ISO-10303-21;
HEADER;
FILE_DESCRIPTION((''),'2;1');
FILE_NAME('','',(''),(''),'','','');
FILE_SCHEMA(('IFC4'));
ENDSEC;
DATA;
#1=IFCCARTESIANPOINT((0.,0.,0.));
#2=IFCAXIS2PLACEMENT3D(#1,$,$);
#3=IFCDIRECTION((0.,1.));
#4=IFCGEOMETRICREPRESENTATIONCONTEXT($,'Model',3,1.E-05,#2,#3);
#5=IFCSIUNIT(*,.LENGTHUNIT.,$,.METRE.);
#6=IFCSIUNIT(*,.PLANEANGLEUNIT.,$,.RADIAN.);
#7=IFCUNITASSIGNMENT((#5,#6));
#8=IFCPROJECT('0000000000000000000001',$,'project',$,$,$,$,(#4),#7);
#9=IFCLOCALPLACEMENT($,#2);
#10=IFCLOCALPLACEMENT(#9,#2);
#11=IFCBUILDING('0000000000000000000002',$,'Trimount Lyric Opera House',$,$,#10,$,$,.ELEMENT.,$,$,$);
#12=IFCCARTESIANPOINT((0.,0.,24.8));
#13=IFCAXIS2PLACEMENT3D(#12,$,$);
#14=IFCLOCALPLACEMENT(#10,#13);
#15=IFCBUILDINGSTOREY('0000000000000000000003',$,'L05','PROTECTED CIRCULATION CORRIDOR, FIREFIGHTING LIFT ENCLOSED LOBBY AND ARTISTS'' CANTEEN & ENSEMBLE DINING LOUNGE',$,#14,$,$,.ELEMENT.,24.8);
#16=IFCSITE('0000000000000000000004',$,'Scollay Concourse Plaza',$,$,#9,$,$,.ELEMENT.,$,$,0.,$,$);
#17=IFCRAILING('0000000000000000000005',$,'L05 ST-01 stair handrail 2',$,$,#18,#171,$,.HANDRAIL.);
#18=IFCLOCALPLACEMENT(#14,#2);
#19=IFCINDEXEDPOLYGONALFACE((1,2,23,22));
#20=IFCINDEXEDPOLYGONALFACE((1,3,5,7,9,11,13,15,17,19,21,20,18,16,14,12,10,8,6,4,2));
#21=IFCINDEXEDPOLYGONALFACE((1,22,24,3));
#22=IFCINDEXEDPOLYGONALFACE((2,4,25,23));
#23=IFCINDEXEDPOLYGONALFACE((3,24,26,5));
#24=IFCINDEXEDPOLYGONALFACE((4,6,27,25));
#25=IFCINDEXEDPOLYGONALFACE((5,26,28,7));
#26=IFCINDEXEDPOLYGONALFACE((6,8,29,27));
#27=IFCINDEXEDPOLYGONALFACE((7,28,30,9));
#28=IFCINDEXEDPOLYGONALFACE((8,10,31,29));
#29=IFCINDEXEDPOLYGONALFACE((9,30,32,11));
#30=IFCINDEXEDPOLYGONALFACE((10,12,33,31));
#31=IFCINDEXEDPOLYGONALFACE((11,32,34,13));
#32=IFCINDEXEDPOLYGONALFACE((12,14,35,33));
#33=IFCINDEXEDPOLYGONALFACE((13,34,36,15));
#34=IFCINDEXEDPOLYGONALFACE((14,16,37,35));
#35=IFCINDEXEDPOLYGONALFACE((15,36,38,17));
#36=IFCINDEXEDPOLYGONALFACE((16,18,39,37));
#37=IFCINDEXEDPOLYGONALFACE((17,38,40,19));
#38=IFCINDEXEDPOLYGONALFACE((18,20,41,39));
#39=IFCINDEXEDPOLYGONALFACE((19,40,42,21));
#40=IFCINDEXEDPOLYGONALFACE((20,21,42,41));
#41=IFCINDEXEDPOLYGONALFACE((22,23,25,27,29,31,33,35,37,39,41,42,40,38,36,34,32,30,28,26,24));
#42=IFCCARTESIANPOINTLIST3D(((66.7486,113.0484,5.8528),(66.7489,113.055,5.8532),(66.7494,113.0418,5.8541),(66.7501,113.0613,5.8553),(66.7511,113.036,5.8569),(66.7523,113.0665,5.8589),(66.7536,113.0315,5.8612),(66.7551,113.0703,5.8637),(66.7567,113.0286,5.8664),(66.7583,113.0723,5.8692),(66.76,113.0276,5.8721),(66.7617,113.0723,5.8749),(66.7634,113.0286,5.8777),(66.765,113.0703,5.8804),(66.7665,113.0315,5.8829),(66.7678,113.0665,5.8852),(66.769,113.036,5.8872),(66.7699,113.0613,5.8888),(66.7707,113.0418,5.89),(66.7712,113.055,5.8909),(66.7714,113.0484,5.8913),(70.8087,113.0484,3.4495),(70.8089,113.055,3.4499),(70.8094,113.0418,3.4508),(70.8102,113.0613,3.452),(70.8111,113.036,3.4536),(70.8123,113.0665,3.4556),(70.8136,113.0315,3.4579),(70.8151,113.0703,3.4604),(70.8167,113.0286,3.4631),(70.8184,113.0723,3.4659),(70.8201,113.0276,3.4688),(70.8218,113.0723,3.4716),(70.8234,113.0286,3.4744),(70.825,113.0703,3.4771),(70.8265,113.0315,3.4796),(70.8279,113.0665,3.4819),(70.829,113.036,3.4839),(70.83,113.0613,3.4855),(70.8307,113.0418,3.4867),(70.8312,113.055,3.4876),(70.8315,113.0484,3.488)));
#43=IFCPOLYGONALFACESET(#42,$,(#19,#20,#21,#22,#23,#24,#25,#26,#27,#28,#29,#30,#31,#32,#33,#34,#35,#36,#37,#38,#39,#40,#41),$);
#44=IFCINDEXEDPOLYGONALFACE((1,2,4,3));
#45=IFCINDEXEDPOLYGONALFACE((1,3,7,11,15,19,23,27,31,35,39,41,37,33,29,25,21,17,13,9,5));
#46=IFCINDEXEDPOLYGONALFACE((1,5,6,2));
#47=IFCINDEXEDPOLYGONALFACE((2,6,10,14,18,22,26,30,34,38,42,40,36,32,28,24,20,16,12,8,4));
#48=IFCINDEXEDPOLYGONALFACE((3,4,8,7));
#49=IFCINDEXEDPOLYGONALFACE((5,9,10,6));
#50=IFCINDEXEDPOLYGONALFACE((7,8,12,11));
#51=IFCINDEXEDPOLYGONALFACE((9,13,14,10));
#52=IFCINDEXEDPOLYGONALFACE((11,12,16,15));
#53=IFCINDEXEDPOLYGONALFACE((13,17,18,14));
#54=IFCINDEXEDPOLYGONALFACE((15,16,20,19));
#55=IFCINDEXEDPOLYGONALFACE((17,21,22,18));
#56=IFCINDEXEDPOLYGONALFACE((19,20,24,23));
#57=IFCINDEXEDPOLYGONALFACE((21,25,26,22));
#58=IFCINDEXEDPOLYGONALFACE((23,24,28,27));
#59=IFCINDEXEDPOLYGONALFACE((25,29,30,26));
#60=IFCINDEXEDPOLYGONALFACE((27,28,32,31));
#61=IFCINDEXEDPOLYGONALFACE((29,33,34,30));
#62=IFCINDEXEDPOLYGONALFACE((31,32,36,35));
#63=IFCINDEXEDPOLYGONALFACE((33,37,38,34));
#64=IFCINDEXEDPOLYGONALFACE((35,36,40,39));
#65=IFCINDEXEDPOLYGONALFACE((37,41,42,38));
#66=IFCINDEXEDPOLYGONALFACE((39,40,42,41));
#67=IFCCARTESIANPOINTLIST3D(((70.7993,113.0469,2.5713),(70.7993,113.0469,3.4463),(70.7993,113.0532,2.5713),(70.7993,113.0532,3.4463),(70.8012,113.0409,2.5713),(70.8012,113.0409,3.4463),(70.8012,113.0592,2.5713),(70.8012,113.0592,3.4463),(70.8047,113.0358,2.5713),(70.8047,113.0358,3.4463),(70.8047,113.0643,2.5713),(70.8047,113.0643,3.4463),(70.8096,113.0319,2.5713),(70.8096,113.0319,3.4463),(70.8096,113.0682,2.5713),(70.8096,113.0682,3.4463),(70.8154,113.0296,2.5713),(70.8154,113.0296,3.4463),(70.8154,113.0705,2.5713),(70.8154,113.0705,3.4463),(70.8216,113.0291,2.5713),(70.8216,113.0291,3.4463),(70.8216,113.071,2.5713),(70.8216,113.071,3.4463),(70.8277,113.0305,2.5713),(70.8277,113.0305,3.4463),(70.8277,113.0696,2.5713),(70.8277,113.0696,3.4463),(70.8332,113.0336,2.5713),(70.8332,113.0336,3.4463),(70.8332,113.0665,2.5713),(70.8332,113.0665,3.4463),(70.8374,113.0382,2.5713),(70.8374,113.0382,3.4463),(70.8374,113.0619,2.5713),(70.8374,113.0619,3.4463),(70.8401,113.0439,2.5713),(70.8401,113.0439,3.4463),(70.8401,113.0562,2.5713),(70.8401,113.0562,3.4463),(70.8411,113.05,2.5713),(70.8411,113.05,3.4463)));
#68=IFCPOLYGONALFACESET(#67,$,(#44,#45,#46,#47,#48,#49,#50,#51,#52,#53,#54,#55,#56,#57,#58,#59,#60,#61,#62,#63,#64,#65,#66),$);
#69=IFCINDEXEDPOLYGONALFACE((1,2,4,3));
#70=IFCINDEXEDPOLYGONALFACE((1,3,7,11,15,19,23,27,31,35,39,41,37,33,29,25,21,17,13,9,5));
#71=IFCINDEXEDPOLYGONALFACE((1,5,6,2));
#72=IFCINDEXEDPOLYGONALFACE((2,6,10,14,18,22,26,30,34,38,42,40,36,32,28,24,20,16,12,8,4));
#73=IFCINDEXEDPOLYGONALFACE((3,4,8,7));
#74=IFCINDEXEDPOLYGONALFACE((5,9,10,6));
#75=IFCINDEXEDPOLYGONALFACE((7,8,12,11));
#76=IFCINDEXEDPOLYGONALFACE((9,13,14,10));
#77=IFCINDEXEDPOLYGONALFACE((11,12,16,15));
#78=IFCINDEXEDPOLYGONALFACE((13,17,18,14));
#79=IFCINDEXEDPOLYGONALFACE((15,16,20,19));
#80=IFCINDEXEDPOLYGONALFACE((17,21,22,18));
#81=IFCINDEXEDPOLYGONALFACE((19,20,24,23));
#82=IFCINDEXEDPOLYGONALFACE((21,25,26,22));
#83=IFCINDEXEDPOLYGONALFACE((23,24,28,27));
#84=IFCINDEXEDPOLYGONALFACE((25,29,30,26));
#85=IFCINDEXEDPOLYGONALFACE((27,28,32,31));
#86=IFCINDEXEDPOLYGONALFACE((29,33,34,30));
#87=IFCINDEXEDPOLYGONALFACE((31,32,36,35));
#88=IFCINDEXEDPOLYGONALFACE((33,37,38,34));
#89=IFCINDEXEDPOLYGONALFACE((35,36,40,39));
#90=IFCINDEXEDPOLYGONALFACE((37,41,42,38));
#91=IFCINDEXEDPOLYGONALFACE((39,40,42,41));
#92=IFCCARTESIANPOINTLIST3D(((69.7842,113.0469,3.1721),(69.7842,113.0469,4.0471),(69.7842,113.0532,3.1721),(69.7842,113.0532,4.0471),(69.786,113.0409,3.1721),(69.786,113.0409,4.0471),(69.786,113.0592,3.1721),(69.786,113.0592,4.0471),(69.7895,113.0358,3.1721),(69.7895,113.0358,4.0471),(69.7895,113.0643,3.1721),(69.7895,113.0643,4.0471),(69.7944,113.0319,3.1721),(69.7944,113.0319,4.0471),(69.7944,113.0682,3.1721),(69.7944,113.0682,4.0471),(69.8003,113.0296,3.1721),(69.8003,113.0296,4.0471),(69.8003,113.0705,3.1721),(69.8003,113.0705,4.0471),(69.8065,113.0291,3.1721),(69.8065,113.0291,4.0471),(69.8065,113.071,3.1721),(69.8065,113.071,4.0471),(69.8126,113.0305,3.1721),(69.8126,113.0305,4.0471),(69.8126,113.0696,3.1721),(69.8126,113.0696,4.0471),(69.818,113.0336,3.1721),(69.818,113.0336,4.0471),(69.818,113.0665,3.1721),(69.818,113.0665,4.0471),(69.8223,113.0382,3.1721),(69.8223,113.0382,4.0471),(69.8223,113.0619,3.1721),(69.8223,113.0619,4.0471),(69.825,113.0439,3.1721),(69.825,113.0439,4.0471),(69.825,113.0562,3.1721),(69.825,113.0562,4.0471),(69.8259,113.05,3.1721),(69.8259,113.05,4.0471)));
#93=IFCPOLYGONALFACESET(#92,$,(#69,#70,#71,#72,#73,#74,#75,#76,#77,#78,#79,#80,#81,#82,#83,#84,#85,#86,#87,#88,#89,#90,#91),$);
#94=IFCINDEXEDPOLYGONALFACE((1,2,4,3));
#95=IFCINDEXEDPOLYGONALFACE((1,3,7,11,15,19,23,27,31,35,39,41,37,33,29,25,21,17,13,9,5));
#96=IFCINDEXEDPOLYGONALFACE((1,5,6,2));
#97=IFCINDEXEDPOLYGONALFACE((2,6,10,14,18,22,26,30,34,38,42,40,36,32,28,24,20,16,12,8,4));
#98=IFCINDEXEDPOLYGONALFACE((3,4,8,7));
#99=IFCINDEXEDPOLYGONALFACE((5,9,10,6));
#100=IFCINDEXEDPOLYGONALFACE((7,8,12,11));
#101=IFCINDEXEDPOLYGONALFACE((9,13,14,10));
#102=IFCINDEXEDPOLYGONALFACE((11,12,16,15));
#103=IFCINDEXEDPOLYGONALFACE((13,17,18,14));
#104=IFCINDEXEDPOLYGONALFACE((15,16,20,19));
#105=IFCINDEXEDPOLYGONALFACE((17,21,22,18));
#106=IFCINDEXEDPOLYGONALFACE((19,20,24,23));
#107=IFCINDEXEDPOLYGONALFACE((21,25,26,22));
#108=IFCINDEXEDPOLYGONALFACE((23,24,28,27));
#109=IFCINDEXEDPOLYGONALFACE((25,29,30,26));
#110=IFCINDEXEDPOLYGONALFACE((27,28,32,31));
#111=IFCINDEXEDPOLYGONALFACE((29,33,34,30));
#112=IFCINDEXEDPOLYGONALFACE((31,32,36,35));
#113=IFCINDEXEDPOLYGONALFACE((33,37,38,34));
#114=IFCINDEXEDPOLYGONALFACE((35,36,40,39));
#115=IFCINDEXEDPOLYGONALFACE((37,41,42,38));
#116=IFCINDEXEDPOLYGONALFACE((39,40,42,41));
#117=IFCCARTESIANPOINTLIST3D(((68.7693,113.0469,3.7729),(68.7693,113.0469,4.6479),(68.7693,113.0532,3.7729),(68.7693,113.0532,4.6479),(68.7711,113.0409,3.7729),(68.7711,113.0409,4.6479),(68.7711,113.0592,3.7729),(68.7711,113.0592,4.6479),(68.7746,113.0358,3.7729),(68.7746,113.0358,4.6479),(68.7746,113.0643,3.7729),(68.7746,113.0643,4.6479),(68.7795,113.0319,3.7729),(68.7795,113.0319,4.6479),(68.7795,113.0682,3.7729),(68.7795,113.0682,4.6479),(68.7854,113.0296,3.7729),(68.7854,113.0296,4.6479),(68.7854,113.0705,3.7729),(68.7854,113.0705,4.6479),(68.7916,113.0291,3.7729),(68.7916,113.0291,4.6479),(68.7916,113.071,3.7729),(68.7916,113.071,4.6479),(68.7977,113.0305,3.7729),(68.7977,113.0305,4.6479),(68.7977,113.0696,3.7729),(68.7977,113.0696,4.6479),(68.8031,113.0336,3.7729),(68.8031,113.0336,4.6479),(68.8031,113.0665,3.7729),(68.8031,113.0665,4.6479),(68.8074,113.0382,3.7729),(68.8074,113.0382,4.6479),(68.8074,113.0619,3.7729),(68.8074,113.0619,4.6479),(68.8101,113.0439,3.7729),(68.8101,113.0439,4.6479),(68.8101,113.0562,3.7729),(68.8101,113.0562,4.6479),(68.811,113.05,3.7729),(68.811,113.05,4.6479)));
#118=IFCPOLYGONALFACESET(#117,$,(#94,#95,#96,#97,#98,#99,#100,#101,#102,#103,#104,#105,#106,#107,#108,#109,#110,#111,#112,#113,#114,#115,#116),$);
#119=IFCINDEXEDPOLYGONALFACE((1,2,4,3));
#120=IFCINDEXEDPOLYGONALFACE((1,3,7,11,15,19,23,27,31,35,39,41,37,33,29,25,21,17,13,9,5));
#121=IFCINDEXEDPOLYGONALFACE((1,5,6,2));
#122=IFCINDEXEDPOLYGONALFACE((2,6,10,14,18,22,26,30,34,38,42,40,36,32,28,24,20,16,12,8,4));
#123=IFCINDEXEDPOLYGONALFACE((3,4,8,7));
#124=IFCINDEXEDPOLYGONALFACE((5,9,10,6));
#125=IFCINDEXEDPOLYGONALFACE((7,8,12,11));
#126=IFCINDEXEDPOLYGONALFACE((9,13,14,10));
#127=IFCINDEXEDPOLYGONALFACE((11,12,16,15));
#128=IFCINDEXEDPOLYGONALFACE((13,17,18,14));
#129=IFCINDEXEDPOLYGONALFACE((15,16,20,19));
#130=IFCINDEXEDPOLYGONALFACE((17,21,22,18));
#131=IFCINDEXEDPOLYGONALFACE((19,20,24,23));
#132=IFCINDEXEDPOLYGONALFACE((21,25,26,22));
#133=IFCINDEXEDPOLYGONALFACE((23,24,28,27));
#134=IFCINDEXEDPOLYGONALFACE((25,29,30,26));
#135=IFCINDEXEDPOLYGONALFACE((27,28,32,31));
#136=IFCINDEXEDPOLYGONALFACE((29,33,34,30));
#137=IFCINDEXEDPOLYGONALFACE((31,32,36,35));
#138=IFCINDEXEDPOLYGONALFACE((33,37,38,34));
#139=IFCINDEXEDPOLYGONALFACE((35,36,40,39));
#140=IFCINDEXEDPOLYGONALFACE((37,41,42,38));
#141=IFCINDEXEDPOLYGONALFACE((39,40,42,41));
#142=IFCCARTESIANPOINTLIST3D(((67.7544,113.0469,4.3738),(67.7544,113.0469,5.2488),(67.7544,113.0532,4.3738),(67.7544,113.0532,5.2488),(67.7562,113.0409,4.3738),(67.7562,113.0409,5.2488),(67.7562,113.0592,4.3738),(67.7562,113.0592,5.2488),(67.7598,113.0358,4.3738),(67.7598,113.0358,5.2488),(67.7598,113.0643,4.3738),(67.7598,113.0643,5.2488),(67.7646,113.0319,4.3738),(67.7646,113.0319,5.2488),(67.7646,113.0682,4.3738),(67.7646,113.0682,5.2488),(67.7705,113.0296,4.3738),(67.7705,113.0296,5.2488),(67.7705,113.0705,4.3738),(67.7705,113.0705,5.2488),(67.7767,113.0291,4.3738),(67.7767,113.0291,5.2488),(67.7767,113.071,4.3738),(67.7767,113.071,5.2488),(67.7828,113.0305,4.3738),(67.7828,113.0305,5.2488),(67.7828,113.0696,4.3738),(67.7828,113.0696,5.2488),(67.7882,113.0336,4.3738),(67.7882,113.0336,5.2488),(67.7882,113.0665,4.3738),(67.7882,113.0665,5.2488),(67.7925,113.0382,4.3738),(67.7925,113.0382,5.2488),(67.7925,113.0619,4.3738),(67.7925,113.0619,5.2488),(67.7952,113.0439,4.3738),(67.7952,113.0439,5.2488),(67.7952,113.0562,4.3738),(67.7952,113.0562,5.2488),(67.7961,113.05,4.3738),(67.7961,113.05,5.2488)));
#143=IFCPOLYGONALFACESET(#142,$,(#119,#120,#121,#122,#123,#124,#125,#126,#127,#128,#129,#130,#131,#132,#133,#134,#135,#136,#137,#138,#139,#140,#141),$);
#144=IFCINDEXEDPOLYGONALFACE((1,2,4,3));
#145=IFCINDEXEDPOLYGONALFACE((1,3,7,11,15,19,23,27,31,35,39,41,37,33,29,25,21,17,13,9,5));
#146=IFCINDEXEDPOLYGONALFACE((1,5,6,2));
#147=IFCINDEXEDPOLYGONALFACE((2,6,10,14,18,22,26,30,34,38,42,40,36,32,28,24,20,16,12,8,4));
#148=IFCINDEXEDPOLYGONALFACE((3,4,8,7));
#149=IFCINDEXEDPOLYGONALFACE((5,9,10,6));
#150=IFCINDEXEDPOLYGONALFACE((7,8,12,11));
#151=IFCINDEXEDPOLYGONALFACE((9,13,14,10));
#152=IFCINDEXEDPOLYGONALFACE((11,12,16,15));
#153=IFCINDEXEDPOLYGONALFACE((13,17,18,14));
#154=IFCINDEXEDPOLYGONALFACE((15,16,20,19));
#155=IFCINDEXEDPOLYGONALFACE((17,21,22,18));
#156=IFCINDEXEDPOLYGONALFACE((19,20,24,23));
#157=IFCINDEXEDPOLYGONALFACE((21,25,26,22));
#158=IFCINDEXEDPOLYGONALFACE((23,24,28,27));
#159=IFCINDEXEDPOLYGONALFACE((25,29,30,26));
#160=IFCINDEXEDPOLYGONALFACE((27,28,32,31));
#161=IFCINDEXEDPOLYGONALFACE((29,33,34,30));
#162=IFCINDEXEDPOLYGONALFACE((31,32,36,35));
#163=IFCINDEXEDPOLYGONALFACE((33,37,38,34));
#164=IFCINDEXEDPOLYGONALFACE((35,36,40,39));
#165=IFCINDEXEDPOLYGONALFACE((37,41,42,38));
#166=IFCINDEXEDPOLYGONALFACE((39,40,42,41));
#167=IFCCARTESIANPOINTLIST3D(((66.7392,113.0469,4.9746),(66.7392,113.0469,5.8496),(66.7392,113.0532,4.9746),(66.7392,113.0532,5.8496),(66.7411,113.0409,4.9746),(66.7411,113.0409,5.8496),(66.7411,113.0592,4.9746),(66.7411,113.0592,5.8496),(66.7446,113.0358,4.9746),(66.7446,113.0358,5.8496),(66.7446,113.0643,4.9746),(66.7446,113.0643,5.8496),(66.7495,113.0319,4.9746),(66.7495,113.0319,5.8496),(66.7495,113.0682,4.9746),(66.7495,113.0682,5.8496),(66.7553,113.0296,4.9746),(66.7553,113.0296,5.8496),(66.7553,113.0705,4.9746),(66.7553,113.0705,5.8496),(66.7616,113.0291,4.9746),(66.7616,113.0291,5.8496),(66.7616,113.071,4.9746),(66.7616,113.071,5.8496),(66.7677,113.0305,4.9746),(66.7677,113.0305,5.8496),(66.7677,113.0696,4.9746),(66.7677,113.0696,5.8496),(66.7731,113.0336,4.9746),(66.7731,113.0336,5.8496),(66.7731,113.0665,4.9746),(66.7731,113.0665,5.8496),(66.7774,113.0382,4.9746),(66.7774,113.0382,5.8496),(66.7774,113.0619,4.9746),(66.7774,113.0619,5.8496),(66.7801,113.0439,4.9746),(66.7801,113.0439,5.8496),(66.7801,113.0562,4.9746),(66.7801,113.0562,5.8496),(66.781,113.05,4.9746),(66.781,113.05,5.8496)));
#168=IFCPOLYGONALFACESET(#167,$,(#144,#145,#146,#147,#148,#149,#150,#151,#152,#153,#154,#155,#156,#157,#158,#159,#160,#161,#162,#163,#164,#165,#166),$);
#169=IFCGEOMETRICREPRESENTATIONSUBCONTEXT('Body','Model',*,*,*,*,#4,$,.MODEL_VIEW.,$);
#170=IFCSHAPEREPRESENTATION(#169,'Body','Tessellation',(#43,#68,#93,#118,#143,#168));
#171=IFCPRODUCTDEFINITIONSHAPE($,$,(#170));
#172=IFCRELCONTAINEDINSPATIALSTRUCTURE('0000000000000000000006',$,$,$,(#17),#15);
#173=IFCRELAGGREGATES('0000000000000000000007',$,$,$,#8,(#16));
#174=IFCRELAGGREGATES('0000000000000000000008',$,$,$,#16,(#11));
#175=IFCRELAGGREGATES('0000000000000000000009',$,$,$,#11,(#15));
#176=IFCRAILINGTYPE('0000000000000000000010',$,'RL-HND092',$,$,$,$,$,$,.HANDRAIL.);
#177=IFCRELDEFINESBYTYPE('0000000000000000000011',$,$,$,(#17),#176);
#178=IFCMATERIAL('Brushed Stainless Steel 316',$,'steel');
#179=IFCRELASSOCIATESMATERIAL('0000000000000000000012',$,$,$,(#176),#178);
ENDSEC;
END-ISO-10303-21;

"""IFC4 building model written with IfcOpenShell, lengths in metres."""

from ifc_helpers import new_model, si_unit, direction, frame, origin, origin_2d, place, context, subcontext, project, spatial, circle, extrude, material, type_object, element, save


model = new_model("IFC4")

# Units and contexts
model_context = context("Model", 3, precision=1e-05, world=origin(), true_north=direction((0.0, 1.0)))
body_context = subcontext(model_context, "Body", "Model", "MODEL_VIEW")
ifc_project = project(units=[si_unit("LENGTHUNIT", "METRE"), si_unit("PLANEANGLEUNIT", "RADIAN")], contexts=[model_context])

# Site, building, storey
site_placement = place(None, origin())
site = spatial("IfcSite", under=ifc_project, at=site_placement, Name="Scollay Concourse Plaza", CompositionType="ELEMENT", RefElevation=0.0)
building_placement = place(site_placement, origin())
building = spatial("IfcBuilding", under=site, at=building_placement, Name="Trimount Lyric Opera House", CompositionType="ELEMENT")
storey_placement = place(building_placement, frame((0.0, 0.0, 24.8)))
storey = spatial("IfcBuildingStorey", under=building, at=storey_placement, Name="L05", Description="PROTECTED CIRCULATION CORRIDOR, FIREFIGHTING LIFT ENCLOSED LOBBY AND ARTISTS' CANTEEN & ENSEMBLE DINING LOUNGE", CompositionType="ELEMENT", Elevation=24.8)

# Railing
ifc_material_1 = material(Name="Brushed Stainless Steel 316", Category="steel")
railing_type_1 = type_object("IfcRailingType", Name="RL-HND092", PredefinedType="HANDRAIL", material=ifc_material_1)
railing_1_placement = place(storey_placement, frame((70.8201, 113.05, 2.5713)))
element("IfcRailing", 1, at=railing_1_placement, inside=storey, type_object=railing_type_1, Name="L05 ST-01 stair handrail 2", PredefinedType="HANDRAIL", context=body_context, shape_type="SweptSolid", body=[
    extrude(circle(Radius=0.0225, at=origin_2d()), frame((0.0, 0.0, 0.8975), z_axis=(-0.860537, 0.0, 0.509388), x_axis=(0.0, -1.0, 0.0)), (0.0, 0.0, 1.0), 4.718),
    extrude(circle(Radius=0.021, at=origin_2d()), origin(), (0.0, 0.0, 1.0), 0.875),
    extrude(circle(Radius=0.021, at=origin_2d()), frame((-1.0151, 0.0, 0.6008)), (0.0, 0.0, 1.0), 0.875),
    extrude(circle(Radius=0.021, at=origin_2d()), frame((-2.03, 0.0, 1.2017)), (0.0, 0.0, 1.0), 0.875),
    extrude(circle(Radius=0.021, at=origin_2d()), frame((-3.0449, 0.0, 1.8025)), (0.0, 0.0, 1.0), 0.875),
    extrude(circle(Radius=0.021, at=origin_2d()), frame((-4.0601, 0.0, 2.4033)), (0.0, 0.0, 1.0), 0.875),
])

save(model, "model.ifc")
